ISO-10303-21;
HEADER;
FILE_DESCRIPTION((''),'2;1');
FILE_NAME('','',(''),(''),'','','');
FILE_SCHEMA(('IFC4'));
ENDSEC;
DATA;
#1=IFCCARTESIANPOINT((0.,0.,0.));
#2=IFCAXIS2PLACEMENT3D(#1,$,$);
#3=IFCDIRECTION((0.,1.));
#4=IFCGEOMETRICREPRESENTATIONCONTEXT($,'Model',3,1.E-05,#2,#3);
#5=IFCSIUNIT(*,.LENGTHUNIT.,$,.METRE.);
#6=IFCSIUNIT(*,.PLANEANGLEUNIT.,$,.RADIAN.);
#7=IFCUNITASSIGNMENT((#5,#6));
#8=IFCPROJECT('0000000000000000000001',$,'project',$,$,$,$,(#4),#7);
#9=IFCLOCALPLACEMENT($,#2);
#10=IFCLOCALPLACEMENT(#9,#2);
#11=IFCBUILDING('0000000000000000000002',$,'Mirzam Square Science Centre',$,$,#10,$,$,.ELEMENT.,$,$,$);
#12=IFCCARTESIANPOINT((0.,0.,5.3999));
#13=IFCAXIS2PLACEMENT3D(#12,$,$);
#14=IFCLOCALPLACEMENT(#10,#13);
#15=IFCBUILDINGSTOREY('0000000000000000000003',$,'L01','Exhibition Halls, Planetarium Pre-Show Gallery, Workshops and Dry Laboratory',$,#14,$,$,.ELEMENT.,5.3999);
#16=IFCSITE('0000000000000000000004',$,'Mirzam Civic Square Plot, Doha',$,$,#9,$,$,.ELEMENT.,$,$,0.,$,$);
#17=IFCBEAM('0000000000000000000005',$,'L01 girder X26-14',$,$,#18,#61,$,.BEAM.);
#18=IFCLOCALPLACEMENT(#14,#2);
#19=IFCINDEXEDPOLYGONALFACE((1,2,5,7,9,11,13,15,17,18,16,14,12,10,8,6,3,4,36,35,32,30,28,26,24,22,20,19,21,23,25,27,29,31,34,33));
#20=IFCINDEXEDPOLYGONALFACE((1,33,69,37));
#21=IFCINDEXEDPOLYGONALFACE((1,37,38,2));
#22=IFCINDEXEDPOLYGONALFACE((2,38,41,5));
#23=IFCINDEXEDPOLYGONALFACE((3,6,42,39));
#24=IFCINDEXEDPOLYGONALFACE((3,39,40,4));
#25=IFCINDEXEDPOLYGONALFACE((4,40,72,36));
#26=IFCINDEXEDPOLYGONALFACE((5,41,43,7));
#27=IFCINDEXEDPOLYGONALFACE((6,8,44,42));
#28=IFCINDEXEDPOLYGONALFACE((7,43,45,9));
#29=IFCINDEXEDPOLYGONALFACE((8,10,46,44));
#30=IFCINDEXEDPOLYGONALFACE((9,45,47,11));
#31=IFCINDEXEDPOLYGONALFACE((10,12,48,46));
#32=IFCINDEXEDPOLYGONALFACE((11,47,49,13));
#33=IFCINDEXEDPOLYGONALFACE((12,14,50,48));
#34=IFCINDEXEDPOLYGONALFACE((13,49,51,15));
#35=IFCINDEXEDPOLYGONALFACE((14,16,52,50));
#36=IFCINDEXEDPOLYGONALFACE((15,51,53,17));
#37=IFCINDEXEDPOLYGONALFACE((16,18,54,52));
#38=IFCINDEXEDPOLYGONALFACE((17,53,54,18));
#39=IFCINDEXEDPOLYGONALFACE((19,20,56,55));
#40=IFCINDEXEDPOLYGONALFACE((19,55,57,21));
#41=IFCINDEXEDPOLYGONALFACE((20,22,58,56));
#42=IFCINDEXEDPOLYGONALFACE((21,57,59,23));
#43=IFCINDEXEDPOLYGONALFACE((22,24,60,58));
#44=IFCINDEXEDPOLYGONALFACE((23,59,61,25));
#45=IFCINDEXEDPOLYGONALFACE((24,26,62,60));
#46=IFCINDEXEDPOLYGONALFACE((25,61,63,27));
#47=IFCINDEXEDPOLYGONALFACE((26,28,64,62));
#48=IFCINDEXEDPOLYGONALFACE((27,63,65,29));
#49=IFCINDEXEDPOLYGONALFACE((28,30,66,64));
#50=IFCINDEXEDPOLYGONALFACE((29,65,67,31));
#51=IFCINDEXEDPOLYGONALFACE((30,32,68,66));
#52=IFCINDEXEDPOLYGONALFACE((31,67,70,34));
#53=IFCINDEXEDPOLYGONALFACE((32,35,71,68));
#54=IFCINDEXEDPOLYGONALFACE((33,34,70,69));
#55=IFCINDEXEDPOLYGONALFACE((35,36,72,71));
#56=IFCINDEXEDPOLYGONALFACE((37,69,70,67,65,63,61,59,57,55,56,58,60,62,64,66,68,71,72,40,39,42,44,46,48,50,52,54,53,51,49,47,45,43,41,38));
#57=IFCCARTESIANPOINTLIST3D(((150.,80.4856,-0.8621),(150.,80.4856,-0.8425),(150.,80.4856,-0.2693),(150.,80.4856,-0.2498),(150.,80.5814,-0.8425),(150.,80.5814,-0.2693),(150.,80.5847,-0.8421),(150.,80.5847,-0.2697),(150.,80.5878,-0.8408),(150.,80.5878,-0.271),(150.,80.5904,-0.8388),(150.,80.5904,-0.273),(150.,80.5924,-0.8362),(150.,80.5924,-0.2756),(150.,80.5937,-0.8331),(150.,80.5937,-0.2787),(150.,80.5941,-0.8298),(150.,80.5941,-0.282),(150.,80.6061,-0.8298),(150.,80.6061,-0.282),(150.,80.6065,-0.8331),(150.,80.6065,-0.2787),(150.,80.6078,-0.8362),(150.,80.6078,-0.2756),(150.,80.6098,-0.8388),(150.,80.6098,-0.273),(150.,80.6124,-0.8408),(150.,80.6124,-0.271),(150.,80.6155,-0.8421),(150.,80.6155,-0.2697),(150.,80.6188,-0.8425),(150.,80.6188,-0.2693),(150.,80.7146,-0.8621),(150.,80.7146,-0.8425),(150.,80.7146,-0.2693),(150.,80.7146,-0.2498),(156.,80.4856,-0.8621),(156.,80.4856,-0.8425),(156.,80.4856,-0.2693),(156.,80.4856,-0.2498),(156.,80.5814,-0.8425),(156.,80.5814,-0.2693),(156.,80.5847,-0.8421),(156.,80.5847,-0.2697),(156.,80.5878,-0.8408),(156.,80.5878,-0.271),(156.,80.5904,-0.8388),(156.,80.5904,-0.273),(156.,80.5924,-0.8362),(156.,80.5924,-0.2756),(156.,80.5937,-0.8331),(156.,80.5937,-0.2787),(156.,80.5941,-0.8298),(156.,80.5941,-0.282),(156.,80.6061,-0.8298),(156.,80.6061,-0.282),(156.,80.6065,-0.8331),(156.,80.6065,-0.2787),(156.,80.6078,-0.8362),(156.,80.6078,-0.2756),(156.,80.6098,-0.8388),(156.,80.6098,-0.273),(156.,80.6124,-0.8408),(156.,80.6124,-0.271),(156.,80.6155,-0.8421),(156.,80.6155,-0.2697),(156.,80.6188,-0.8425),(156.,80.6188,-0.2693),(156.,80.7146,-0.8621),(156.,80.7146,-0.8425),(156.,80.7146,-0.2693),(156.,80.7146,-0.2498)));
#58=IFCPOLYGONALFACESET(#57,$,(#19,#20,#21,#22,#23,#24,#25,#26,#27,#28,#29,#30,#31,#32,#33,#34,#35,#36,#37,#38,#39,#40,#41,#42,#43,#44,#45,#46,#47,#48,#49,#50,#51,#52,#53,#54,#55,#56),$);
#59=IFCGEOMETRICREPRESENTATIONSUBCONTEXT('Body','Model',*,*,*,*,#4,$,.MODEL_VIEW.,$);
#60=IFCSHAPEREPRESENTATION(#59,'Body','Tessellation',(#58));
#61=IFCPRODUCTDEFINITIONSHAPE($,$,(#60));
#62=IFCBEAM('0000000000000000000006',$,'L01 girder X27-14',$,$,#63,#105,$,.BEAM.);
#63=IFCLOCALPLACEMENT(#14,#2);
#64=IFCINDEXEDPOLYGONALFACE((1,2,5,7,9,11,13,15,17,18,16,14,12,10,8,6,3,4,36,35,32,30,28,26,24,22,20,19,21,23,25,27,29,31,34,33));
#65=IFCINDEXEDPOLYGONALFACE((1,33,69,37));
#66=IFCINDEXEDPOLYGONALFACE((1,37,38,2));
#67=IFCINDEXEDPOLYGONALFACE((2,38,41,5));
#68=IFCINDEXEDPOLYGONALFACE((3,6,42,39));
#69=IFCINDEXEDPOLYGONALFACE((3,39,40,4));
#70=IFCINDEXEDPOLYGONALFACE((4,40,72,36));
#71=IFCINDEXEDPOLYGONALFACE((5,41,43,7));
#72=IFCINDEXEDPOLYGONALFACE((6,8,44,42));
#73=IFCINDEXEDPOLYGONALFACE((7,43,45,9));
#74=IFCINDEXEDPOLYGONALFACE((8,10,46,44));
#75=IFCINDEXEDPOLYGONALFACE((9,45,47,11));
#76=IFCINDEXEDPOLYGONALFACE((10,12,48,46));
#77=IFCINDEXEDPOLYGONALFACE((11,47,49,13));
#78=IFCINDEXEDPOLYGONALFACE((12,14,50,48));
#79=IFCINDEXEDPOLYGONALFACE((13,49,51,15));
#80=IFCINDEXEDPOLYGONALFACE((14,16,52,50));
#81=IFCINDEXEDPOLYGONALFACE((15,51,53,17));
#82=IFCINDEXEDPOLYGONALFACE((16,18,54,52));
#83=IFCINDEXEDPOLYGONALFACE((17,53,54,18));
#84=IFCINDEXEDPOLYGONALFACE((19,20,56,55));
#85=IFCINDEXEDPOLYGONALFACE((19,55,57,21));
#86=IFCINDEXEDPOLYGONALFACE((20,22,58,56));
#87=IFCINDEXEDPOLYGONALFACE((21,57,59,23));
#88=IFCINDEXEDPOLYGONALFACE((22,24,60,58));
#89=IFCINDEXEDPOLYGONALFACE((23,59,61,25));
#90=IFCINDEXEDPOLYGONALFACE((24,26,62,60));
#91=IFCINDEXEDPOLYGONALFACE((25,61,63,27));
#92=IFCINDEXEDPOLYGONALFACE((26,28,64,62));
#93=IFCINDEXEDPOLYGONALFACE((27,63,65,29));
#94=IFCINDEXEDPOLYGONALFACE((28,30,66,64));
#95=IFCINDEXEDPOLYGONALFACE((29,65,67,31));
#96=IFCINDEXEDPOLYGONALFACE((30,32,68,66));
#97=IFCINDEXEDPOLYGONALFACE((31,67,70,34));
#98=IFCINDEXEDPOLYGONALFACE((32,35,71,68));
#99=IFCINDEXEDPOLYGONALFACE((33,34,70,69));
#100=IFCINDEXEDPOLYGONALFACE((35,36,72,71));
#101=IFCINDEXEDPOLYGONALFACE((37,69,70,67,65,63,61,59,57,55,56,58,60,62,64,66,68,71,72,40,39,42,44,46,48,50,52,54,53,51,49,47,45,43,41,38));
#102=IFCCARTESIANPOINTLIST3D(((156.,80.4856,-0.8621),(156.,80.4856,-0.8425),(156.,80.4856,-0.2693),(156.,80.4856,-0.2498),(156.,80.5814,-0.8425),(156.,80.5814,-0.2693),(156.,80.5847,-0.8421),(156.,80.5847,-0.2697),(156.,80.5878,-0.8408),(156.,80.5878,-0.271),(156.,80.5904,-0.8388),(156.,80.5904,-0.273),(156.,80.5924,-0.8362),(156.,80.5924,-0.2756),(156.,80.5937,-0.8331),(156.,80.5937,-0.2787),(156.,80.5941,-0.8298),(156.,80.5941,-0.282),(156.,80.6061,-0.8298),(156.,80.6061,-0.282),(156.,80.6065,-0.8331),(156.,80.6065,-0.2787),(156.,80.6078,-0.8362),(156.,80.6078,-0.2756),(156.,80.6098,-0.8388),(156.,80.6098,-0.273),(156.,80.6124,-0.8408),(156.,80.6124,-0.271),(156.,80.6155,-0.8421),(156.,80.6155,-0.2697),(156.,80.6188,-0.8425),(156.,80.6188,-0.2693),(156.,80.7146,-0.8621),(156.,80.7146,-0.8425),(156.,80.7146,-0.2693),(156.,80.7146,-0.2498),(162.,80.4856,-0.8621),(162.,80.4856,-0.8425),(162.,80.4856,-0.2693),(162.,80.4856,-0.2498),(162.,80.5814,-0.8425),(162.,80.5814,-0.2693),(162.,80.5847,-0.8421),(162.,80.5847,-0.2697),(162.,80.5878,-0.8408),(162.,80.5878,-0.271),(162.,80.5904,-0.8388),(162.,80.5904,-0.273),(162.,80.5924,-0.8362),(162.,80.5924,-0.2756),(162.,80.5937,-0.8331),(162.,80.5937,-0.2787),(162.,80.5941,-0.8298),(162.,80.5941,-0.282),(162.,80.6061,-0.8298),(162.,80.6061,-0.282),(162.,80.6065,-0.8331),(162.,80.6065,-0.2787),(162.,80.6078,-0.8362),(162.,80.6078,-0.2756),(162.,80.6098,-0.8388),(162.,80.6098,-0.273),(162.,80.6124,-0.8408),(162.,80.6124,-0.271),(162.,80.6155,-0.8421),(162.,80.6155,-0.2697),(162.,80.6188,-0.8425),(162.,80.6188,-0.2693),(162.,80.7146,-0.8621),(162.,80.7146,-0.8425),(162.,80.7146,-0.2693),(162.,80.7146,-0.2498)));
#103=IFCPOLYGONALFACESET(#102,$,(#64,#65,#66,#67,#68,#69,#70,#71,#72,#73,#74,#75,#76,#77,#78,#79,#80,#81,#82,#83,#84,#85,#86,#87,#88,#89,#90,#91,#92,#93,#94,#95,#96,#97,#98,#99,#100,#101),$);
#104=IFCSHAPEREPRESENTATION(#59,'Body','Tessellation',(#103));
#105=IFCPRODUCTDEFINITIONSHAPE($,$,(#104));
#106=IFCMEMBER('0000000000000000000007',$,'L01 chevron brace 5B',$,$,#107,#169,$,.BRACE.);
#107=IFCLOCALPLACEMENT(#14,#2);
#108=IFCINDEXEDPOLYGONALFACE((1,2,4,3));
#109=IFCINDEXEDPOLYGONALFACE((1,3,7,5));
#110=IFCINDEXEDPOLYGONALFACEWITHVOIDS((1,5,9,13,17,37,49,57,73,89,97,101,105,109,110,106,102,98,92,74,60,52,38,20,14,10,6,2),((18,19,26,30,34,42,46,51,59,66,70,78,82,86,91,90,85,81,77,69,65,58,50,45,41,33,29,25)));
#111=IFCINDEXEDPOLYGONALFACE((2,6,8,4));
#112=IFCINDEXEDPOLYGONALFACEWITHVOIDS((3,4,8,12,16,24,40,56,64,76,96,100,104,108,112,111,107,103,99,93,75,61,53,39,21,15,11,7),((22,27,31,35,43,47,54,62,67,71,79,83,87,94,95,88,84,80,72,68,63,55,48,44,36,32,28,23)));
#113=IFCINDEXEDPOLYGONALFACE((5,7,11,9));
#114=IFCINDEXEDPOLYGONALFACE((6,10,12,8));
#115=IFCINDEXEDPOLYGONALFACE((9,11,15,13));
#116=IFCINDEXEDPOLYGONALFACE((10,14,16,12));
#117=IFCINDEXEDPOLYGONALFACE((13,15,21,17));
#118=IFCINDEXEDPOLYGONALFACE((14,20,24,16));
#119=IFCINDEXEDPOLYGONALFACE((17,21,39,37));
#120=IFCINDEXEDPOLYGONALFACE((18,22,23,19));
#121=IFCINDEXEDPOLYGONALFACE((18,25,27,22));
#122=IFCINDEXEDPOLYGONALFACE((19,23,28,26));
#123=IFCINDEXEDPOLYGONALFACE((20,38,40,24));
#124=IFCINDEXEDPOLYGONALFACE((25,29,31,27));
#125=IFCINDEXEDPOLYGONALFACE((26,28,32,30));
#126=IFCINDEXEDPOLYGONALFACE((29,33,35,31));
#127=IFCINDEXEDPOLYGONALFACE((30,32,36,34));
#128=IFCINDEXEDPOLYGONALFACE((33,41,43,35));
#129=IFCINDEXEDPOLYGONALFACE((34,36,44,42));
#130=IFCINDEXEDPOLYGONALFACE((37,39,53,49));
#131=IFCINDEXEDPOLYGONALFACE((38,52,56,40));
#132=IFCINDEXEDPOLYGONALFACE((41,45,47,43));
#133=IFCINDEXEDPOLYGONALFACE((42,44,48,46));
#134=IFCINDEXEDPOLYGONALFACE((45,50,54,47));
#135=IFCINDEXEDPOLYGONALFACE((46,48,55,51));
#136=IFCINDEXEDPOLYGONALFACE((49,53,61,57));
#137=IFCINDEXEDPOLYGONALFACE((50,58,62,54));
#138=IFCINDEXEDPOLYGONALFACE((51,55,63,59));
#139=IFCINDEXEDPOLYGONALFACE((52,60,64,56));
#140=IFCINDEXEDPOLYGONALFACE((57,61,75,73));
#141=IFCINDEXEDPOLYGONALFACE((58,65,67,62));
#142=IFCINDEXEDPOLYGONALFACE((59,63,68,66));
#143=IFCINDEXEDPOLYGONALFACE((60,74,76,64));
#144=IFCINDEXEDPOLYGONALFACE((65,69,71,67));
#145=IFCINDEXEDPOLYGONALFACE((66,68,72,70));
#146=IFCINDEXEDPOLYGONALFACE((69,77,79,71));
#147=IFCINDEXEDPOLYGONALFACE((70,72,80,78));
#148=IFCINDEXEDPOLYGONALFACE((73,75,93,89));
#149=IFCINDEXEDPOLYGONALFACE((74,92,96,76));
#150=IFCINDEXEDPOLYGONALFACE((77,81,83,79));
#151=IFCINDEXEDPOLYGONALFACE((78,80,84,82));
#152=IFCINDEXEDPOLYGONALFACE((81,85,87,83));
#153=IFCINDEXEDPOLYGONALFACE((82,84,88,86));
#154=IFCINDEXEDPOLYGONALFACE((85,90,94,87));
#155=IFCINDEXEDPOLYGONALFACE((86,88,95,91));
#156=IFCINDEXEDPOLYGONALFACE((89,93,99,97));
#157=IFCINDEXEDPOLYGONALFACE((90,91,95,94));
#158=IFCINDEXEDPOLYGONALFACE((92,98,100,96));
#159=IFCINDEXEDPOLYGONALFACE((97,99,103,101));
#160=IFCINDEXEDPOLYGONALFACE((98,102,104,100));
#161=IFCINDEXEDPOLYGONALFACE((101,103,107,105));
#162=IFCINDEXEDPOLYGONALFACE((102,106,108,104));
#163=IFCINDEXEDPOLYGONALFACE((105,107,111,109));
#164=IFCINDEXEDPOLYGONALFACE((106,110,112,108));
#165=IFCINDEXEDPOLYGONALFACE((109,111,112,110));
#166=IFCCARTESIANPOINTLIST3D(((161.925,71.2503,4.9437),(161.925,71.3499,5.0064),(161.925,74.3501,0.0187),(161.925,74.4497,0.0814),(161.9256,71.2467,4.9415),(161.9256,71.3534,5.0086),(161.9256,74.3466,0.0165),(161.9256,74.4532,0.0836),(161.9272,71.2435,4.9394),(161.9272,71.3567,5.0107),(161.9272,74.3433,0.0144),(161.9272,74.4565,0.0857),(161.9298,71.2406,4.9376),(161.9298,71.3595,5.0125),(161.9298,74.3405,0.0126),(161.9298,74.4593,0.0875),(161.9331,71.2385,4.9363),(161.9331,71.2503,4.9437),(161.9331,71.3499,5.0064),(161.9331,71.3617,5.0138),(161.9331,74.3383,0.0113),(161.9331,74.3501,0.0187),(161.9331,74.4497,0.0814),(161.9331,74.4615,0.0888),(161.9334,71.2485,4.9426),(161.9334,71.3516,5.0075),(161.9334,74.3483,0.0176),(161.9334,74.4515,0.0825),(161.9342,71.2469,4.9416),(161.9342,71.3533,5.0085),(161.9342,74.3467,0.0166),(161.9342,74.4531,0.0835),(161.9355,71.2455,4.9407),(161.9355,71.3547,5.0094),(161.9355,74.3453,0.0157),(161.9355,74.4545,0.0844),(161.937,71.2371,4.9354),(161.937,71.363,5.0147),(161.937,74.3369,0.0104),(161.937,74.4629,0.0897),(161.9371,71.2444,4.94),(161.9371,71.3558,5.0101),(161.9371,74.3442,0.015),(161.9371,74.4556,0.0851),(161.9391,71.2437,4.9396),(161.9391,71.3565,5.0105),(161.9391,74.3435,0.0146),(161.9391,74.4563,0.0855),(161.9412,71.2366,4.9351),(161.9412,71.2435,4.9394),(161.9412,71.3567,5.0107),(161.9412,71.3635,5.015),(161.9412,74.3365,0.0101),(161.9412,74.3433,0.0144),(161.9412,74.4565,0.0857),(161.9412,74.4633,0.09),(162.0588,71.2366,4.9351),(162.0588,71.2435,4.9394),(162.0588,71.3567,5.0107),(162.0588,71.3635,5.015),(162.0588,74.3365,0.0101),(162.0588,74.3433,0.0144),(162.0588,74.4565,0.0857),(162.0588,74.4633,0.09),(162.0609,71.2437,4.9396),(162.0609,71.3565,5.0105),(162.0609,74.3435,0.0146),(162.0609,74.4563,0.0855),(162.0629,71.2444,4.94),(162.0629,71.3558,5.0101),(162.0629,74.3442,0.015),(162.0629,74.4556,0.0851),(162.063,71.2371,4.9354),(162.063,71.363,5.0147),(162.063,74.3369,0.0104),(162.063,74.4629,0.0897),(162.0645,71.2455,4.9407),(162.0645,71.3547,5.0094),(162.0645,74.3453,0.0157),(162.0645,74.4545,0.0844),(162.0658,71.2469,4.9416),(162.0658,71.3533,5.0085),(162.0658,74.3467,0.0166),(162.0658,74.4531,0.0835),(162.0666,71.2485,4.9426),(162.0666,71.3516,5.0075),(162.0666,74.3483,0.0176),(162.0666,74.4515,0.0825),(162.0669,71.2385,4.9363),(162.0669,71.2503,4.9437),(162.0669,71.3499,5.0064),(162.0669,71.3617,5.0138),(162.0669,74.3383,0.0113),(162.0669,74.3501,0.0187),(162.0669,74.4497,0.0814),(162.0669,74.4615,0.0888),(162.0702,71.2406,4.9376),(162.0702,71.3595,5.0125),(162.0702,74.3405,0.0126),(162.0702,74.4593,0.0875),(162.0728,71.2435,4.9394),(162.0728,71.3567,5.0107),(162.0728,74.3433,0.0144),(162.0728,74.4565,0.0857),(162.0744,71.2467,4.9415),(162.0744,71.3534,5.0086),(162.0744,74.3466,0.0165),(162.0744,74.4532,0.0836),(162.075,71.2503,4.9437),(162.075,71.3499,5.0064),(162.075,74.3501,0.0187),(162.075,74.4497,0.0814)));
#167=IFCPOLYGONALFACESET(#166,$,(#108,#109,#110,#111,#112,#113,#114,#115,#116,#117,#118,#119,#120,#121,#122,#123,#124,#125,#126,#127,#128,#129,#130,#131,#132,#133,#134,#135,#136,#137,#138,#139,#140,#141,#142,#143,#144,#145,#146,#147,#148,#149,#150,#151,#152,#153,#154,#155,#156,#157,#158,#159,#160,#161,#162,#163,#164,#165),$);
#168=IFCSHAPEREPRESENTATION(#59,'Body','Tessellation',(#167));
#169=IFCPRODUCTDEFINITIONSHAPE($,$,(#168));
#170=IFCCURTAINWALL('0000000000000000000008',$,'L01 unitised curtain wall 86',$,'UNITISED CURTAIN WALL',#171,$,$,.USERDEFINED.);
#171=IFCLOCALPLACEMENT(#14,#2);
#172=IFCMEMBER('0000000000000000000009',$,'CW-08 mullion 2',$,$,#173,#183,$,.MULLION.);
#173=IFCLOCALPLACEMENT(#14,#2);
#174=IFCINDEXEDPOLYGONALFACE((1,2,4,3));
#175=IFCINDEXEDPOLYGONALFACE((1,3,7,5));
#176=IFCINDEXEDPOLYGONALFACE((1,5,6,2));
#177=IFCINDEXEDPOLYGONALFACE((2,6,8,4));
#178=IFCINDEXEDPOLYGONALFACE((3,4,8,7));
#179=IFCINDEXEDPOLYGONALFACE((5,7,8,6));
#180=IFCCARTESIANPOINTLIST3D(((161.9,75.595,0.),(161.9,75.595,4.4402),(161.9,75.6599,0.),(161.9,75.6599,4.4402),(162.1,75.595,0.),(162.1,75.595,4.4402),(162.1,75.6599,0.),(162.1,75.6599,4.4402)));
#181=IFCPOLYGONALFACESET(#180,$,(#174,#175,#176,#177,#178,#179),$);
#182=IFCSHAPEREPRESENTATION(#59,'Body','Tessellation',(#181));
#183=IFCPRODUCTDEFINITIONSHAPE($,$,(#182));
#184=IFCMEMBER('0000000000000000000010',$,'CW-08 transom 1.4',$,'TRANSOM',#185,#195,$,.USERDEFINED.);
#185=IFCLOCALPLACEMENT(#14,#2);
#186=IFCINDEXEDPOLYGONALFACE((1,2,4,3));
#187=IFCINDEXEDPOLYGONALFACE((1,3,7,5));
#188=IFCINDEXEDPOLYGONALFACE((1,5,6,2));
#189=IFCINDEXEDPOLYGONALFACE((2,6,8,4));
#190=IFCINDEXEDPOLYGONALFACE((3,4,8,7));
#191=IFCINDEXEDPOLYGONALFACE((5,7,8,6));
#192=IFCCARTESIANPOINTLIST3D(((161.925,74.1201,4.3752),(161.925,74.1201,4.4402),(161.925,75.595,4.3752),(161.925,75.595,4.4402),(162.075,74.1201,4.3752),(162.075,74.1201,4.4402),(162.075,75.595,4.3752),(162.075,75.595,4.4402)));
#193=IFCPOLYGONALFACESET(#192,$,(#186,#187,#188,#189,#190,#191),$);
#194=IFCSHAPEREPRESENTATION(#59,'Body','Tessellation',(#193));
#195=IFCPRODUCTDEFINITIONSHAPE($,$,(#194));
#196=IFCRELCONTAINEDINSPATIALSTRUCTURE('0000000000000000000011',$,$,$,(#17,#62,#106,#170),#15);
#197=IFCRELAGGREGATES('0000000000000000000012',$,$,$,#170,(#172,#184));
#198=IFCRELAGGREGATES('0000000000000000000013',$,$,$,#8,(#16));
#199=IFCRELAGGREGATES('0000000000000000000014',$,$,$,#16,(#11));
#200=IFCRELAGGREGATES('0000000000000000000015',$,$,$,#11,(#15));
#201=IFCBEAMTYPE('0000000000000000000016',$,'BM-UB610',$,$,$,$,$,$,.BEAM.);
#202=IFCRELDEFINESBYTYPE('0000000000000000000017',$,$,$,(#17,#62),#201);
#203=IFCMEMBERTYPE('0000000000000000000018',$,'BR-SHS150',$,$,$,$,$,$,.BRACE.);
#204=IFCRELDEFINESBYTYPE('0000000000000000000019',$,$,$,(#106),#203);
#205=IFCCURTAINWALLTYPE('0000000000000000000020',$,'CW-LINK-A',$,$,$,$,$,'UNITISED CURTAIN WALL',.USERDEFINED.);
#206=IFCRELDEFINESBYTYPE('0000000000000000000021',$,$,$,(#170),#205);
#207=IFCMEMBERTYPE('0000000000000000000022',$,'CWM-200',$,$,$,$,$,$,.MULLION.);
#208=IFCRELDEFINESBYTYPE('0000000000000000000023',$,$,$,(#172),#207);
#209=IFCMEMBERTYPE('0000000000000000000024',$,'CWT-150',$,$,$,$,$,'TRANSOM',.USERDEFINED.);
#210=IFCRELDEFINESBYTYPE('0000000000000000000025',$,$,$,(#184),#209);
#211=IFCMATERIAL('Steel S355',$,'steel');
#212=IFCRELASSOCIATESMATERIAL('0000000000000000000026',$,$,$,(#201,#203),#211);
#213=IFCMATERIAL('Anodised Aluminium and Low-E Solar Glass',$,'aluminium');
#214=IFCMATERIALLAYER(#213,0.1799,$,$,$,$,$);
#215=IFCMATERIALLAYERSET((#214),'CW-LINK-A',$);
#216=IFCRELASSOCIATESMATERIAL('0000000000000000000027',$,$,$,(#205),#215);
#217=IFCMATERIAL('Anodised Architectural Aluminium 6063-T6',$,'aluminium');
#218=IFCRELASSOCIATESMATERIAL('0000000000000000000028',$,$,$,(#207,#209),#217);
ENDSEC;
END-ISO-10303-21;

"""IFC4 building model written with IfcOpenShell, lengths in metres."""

from ifc_helpers import new_model, si_unit, direction, frame, origin, origin_2d, place, context, subcontext, project, spatial, rectangle, hollow_rectangle, i_section, extrude, material, layer, layer_set, material_profile, profile_set, type_object, element, aggregate, save


model = new_model("IFC4")

# Units and contexts
model_context = context("Model", 3, precision=1e-05, world=origin(), true_north=direction((0.0, 1.0)))
body_context = subcontext(model_context, "Body", "Model", "MODEL_VIEW")
ifc_project = project(units=[si_unit("LENGTHUNIT", "METRE"), si_unit("PLANEANGLEUNIT", "RADIAN")], contexts=[model_context])

# Site, building, storey
site_placement = place(None, origin())
site = spatial("IfcSite", under=ifc_project, at=site_placement, Name="Mirzam Civic Square Plot, Doha", CompositionType="ELEMENT", RefElevation=0.0)
building_placement = place(site_placement, origin())
building = spatial("IfcBuilding", under=site, at=building_placement, Name="Mirzam Square Science Centre", CompositionType="ELEMENT")
storey_placement = place(building_placement, frame((0.0, 0.0, 5.3999)))
storey = spatial("IfcBuildingStorey", under=building, at=storey_placement, Name="L01", Description="Exhibition Halls, Planetarium Pre-Show Gallery, Workshops and Dry Laboratory", CompositionType="ELEMENT", Elevation=5.3999)

# Shared definitions
ifc_material_1 = material(Name="Steel S355", Category="steel")

# Beams
ifc_material_profile_1 = material_profile(ifc_material_1, i_section(OverallWidth=0.229, OverallDepth=0.6123, WebThickness=0.012, FlangeThickness=0.0195, FilletRadius=0.0127, at=origin_2d()), Name="610x229x125UB")
ifc_profile_set_1 = profile_set([ifc_material_profile_1], Name="Steel S355")
beam_type_1 = type_object("IfcBeamType", Name="BM-UB610", PredefinedType="BEAM", material=ifc_profile_set_1)
for number, where, z_axis, x_axis, name in (
    (1, (150.0, 80.6001, -0.5559), (1.0, 0.0, 0.0), (0.0, 1.0, 0.0), "L01 girder X26-14"),
    (2, (156.0, 80.6001, -0.5559), (1.0, 0.0, 0.0), (0.0, 1.0, 0.0), "L01 girder X27-14"),
):
    element("IfcBeam", number, at=place(storey_placement, frame(where, z_axis=z_axis, x_axis=x_axis)), inside=storey, type_object=beam_type_1, Name=name, PredefinedType="BEAM", context=body_context, shape_type="SweptSolid", body=[
        extrude(i_section(OverallWidth=0.229, OverallDepth=0.6123, WebThickness=0.012, FlangeThickness=0.0195, FilletRadius=0.0127, at=origin_2d()), origin(), (0.0, 0.0, 1.0), 6.0),
    ])

# Member
ifc_material_profile_2 = material_profile(ifc_material_1, hollow_rectangle(XDim=0.1499, YDim=0.1499, WallThickness=0.0081, InnerFilletRadius=0.0081, OuterFilletRadius=0.0161, at=origin_2d()), Name="150x150x8.0SHS")
ifc_profile_set_2 = profile_set([ifc_material_profile_2], Name="Steel S355")
member_type_1 = type_object("IfcMemberType", Name="BR-SHS150", PredefinedType="BRACE", material=ifc_profile_set_2)
member_1_placement = place(storey_placement, frame((162.0, 74.3999, 0.05), z_axis=(0.0, -0.532678, 0.846318), x_axis=(1.0, 0.0, 0.0)))
element("IfcMember", 3, at=member_1_placement, inside=storey, type_object=member_type_1, Name="L01 chevron brace 5B", PredefinedType="BRACE", context=body_context, shape_type="SweptSolid", body=[
    extrude(hollow_rectangle(XDim=0.1499, YDim=0.1499, WallThickness=0.0081, InnerFilletRadius=0.0081, OuterFilletRadius=0.0161, at=origin_2d()), origin(), (0.0, 0.0, 1.0), 5.8193),
])

# Curtain wall, members
ifc_material_2 = material(Name="Anodised Aluminium and Low-E Solar Glass", Category="aluminium")
ifc_layer_1 = layer(ifc_material_2, 0.1799)
ifc_layer_set_1 = layer_set([ifc_layer_1], Name="CW-LINK-A")
curtain_wall_type = type_object("IfcCurtainWallType", Name="CW-LINK-A", ElementType="UNITISED CURTAIN WALL", PredefinedType="USERDEFINED", material=ifc_layer_set_1)
curtain_wall_placement = place(storey_placement, origin())
curtain_wall = element("IfcCurtainWall", 4, at=curtain_wall_placement, inside=storey, type_object=curtain_wall_type, Name="L01 unitised curtain wall 86", ObjectType="UNITISED CURTAIN WALL", PredefinedType="USERDEFINED")
ifc_material_3 = material(Name="Anodised Architectural Aluminium 6063-T6", Category="aluminium")
ifc_material_profile_3 = material_profile(ifc_material_3, rectangle(XDim=0.0649, YDim=0.2, at=origin_2d()), Name="ALU-MULL-200x65x5")
ifc_profile_set_3 = profile_set([ifc_material_profile_3], Name="Anodised Architectural Aluminium 6063-T6")
member_type_2 = type_object("IfcMemberType", Name="CWM-200", PredefinedType="MULLION", material=ifc_profile_set_3)
member_2_placement = place(storey_placement, frame((162.0, 75.6274, 0.0), z_axis=(0.0, 0.0, 1.0), x_axis=(0.0, 1.0, 0.0)))
member_2 = element("IfcMember", 5, at=member_2_placement, type_object=member_type_2, Name="CW-08 mullion 2", PredefinedType="MULLION", context=body_context, shape_type="SweptSolid", body=[
    extrude(rectangle(XDim=0.0649, YDim=0.2, at=origin_2d()), origin(), (0.0, 0.0, 1.0), 4.4402),
])
ifc_material_profile_4 = material_profile(ifc_material_3, rectangle(XDim=0.1499, YDim=0.0649, at=origin_2d()), Name="ALU-TRAN-150x65x4")
ifc_profile_set_4 = profile_set([ifc_material_profile_4], Name="Anodised Architectural Aluminium 6063-T6")
member_type_3 = type_object("IfcMemberType", Name="CWT-150", ElementType="TRANSOM", PredefinedType="USERDEFINED", material=ifc_profile_set_4)
member_3_placement = place(storey_placement, frame((162.0, 74.1201, 4.4077), z_axis=(0.0, 1.0, 0.0), x_axis=(-1.0, 0.0, 0.0)))
member_3 = element("IfcMember", 6, at=member_3_placement, type_object=member_type_3, Name="CW-08 transom 1.4", ObjectType="TRANSOM", PredefinedType="USERDEFINED", context=body_context, shape_type="SweptSolid", body=[
    extrude(rectangle(XDim=0.1499, YDim=0.0649, at=origin_2d()), origin(), (0.0, 0.0, 1.0), 1.4749),
])

aggregate(curtain_wall, [member_2, member_3])

save(model, "model.ifc")
